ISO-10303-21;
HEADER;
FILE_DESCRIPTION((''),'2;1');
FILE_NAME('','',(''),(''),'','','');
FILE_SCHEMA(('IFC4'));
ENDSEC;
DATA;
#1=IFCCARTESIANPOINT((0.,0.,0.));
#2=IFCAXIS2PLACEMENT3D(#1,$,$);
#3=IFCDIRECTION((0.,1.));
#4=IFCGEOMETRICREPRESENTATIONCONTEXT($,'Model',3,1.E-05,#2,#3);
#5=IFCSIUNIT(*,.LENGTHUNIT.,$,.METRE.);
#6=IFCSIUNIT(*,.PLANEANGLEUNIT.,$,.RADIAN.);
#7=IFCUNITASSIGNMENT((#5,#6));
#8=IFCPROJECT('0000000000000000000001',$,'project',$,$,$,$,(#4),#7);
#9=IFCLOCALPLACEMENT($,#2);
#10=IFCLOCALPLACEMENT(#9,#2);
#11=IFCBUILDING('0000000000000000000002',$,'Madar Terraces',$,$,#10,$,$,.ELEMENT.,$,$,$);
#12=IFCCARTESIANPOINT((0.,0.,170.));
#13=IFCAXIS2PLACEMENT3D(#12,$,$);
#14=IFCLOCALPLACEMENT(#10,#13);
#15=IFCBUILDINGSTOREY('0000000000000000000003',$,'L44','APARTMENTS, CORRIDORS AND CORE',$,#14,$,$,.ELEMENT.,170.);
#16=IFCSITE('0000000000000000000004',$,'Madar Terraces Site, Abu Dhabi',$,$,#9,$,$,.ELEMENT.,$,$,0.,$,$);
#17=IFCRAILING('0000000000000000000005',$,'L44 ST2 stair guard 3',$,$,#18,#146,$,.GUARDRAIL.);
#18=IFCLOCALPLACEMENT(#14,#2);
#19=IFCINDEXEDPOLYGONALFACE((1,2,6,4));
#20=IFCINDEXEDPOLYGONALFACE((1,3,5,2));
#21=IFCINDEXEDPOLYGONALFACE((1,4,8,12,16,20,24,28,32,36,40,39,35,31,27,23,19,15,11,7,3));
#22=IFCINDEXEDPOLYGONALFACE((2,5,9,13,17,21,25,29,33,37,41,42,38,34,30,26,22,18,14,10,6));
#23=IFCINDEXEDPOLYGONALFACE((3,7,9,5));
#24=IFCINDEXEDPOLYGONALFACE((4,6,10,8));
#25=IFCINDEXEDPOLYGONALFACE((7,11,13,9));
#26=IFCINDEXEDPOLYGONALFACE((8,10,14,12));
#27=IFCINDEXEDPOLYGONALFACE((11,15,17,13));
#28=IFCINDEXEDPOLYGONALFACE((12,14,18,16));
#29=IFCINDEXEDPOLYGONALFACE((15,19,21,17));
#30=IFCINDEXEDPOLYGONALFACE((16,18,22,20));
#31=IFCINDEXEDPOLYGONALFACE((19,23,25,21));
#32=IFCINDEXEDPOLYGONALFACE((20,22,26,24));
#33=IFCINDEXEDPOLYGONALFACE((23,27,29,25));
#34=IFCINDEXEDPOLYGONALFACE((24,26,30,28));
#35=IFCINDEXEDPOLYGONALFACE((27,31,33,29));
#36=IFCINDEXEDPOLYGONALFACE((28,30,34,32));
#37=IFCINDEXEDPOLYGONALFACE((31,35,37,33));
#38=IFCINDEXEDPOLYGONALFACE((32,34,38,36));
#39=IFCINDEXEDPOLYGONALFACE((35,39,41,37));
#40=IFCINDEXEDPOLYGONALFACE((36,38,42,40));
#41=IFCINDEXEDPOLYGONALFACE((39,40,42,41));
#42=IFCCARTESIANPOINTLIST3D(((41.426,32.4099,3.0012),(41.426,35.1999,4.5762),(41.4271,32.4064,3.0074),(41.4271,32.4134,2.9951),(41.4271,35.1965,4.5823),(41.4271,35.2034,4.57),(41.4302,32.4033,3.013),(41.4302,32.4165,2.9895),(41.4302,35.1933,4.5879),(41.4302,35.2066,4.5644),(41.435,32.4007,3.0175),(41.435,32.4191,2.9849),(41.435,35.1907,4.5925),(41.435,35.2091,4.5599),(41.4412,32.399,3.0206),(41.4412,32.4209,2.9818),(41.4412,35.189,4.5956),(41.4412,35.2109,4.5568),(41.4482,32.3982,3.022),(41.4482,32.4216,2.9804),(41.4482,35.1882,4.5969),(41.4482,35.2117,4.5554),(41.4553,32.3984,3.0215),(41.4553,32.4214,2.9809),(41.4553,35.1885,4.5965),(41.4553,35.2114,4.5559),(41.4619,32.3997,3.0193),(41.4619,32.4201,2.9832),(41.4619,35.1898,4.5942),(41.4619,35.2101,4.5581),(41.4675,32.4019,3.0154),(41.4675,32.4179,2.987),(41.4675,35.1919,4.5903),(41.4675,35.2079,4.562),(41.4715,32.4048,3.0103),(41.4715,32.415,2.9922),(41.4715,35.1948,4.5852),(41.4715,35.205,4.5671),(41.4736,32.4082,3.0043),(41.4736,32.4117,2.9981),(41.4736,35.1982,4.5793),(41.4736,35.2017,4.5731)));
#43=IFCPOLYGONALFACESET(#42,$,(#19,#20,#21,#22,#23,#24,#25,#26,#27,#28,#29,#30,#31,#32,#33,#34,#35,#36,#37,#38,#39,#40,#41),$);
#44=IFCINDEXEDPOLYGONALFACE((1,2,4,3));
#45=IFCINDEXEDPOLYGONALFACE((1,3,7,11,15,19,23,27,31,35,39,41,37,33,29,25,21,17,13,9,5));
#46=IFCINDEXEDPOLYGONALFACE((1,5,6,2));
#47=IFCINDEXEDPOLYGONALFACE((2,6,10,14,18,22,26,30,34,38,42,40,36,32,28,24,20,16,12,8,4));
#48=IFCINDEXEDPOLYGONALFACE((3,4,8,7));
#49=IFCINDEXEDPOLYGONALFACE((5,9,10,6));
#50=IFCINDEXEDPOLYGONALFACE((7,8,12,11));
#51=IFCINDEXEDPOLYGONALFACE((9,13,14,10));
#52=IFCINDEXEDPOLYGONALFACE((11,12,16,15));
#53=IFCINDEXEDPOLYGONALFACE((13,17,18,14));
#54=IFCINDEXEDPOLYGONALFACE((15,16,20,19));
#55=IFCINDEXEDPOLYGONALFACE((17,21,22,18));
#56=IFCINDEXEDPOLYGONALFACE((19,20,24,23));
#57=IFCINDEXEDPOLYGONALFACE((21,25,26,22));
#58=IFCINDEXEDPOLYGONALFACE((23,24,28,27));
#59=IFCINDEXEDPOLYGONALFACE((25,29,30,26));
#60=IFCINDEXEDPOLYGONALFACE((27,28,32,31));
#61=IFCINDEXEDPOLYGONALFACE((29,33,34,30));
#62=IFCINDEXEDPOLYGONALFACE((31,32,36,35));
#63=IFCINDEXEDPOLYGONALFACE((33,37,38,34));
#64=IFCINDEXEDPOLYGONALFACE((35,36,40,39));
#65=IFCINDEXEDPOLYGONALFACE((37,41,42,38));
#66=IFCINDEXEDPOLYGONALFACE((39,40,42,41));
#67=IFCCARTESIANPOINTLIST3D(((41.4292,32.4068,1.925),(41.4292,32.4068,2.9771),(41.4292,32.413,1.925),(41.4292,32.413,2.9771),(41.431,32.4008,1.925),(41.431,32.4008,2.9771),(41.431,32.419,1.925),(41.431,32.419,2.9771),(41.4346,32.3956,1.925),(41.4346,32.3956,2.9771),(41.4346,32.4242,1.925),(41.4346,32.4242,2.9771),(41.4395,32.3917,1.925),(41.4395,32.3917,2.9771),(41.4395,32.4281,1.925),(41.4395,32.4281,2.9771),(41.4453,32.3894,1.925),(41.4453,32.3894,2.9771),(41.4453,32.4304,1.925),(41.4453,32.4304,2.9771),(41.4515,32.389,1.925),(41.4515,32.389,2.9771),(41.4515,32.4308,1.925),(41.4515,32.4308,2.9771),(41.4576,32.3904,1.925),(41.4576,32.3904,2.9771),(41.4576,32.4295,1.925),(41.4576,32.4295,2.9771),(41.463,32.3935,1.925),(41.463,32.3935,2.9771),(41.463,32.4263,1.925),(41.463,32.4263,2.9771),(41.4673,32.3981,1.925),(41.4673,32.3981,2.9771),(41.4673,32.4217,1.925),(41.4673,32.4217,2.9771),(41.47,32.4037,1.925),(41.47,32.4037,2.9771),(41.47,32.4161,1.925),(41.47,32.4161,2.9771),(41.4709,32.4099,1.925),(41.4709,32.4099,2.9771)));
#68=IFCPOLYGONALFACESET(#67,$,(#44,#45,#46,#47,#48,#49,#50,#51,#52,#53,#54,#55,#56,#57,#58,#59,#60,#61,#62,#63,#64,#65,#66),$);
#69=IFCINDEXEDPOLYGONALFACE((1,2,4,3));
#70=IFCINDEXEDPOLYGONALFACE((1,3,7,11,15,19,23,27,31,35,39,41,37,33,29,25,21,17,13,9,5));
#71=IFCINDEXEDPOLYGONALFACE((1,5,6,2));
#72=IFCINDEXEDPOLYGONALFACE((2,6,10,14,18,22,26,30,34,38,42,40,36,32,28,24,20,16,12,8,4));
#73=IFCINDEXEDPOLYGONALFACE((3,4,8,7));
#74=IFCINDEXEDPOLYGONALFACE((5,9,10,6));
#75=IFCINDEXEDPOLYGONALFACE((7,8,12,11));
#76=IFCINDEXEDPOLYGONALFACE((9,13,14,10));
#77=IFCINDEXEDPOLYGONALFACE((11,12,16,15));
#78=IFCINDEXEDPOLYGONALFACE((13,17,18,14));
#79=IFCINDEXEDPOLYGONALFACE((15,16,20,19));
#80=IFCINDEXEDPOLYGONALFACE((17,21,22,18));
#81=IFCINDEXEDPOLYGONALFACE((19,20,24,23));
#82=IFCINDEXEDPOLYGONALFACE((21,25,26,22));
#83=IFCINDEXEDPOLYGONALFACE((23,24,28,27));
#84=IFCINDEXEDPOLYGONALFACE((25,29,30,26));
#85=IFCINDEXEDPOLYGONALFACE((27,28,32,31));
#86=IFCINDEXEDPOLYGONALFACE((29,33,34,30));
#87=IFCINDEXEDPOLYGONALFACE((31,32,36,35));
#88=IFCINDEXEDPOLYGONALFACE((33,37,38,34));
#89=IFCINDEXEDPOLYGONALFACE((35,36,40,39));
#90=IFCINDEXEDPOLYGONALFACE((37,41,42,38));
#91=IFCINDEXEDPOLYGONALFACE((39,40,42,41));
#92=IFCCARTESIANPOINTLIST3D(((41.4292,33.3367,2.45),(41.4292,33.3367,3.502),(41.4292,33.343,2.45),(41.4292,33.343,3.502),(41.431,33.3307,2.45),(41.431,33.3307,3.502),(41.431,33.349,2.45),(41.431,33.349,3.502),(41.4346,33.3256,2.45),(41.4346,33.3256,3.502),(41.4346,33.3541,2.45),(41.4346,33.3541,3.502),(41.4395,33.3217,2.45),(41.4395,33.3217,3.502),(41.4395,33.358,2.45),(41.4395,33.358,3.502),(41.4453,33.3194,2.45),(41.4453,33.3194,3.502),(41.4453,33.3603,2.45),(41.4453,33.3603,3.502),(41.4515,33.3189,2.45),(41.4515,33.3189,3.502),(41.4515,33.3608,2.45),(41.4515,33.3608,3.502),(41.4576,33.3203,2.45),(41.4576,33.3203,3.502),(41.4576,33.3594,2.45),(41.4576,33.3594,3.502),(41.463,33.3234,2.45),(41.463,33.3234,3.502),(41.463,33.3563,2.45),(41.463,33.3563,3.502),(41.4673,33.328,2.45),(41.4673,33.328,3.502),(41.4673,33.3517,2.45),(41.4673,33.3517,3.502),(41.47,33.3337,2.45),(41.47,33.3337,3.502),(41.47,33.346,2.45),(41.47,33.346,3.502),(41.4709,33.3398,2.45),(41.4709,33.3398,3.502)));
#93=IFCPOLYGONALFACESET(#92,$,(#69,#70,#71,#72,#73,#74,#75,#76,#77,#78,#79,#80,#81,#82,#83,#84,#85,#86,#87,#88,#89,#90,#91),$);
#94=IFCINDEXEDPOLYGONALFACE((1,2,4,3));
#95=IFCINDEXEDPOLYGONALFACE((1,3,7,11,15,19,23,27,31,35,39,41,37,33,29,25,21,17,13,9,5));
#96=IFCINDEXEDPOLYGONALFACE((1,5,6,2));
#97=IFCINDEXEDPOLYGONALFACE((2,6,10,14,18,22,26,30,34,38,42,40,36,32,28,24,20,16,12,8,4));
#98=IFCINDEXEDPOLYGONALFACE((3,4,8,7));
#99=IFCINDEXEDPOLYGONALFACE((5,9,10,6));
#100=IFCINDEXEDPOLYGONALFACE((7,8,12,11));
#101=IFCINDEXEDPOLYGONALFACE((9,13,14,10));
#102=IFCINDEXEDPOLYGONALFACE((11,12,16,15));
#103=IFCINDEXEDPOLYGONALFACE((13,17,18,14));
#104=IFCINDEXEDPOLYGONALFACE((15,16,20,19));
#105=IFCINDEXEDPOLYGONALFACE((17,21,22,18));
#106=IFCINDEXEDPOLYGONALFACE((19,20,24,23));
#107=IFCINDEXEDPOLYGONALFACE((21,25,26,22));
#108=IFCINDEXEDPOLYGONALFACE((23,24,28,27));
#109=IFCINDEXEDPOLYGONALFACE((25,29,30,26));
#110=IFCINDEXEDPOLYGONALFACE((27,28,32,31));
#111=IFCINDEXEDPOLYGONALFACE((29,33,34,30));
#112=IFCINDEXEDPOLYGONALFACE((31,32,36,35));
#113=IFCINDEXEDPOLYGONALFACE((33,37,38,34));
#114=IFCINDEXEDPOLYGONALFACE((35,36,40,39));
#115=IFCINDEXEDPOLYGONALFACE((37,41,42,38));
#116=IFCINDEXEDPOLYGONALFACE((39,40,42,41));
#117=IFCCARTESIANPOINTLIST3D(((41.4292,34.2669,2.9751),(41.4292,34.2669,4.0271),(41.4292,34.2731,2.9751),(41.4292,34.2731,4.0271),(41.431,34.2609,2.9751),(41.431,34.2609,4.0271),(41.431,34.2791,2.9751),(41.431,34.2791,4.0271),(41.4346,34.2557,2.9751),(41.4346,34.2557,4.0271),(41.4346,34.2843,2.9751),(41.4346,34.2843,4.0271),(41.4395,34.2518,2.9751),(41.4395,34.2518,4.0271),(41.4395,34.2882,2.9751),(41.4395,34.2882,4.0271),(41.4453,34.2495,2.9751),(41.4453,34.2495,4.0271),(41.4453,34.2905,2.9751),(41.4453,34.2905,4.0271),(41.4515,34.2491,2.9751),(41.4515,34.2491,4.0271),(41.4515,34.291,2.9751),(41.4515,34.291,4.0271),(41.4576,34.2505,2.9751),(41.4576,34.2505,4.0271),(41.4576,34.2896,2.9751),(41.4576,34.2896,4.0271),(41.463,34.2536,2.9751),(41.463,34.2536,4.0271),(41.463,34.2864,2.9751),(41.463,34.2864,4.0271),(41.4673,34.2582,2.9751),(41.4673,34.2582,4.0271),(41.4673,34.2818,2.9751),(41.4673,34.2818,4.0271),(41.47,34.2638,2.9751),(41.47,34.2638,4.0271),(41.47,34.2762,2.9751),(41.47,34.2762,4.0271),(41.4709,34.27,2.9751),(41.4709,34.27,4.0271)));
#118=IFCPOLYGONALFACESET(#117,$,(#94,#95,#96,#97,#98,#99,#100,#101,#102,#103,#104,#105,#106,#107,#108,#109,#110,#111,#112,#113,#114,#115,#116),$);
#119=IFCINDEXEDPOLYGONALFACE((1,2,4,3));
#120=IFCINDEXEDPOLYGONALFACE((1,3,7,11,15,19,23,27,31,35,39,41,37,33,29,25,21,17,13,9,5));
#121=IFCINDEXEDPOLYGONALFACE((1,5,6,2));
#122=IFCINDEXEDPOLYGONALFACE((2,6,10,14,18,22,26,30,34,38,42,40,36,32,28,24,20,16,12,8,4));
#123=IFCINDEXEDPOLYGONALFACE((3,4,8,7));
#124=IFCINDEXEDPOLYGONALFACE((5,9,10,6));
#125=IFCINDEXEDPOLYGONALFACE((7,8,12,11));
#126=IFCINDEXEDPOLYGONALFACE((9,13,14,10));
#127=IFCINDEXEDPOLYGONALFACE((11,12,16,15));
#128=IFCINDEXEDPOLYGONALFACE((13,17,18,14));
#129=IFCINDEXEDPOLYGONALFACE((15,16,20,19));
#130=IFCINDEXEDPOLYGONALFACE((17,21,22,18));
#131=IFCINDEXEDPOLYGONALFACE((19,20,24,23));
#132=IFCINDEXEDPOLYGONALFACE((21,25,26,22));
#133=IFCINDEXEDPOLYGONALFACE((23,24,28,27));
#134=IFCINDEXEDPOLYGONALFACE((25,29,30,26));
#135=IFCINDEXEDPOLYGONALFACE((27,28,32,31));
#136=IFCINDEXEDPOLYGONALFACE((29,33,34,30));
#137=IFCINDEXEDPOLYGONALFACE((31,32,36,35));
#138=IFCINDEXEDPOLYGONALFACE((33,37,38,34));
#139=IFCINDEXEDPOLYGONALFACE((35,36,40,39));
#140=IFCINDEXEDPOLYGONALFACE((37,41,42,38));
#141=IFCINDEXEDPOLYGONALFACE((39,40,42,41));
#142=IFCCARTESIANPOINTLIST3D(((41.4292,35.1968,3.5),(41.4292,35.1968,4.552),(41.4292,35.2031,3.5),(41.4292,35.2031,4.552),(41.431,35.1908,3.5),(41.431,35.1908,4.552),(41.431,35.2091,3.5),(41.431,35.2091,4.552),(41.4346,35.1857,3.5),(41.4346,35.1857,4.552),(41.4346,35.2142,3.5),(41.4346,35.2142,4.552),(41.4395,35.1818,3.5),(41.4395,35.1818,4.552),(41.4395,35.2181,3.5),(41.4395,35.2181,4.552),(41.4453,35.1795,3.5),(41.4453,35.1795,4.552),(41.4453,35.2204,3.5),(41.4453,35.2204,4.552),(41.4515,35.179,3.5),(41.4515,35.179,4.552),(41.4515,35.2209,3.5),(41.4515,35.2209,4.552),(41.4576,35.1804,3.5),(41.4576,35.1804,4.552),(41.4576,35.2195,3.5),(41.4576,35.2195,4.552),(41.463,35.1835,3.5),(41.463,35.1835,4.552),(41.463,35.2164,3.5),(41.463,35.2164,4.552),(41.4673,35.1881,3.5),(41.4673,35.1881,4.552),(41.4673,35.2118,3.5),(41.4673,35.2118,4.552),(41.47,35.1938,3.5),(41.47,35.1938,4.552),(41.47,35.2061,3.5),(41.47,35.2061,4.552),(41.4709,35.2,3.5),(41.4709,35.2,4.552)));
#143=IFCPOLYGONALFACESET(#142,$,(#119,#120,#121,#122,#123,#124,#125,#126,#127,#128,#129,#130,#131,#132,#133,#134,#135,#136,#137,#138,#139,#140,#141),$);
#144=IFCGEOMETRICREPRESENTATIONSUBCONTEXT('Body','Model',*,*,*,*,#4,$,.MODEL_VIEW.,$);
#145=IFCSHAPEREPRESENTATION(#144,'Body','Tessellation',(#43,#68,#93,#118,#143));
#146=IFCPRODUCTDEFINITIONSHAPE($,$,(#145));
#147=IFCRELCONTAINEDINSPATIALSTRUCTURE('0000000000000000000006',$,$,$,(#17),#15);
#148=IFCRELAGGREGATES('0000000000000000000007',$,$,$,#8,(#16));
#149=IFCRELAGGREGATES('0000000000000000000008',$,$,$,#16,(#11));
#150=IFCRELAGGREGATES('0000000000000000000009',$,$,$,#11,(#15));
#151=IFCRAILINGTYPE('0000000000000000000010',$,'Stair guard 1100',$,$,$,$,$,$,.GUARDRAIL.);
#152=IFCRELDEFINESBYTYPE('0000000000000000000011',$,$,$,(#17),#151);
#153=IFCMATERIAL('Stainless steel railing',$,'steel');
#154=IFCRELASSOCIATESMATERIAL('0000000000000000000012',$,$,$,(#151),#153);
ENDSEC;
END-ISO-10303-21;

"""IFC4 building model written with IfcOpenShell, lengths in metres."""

from ifc_helpers import new_model, si_unit, direction, frame, origin, origin_2d, place, context, subcontext, project, spatial, circle, extrude, material, type_object, element, save


model = new_model("IFC4")

# Units and contexts
model_context = context("Model", 3, precision=1e-05, world=origin(), true_north=direction((0.0, 1.0)))
body_context = subcontext(model_context, "Body", "Model", "MODEL_VIEW")
ifc_project = project(units=[si_unit("LENGTHUNIT", "METRE"), si_unit("PLANEANGLEUNIT", "RADIAN")], contexts=[model_context])

# Site, building, storey
site_placement = place(None, origin())
site = spatial("IfcSite", under=ifc_project, at=site_placement, Name="Madar Terraces Site, Abu Dhabi", CompositionType="ELEMENT", RefElevation=0.0)
building_placement = place(site_placement, origin())
building = spatial("IfcBuilding", under=site, at=building_placement, Name="Madar Terraces", CompositionType="ELEMENT")
storey_placement = place(building_placement, frame((0.0, 0.0, 170.0)))
storey = spatial("IfcBuildingStorey", under=building, at=storey_placement, Name="L44", Description="APARTMENTS, CORRIDORS AND CORE", CompositionType="ELEMENT", Elevation=170.0)

# Railing
ifc_material_1 = material(Name="Stainless steel railing", Category="steel")
railing_type_1 = type_object("IfcRailingType", Name="Stair guard 1100", PredefinedType="GUARDRAIL", material=ifc_material_1)
railing_1_placement = place(storey_placement, frame((41.45, 32.4099, 1.925)))
element("IfcRailing", 1, at=railing_1_placement, inside=storey, type_object=railing_type_1, Name="L44 ST2 stair guard 3", PredefinedType="GUARDRAIL", context=body_context, shape_type="SweptSolid", body=[
    extrude(circle(Radius=0.0239, at=origin_2d()), frame((0.0, 0.0, 1.0762), z_axis=(0.0, 0.870834, 0.491578), x_axis=(-1.0, 0.0, 0.0)), (0.0, 0.0, 1.0), 3.2039),
    extrude(circle(Radius=0.021, at=origin_2d()), origin(), (0.0, 0.0, 1.0), 1.052),
    extrude(circle(Radius=0.021, at=origin_2d()), frame((0.0, 0.9299, 0.5249)), (0.0, 0.0, 1.0), 1.052),
    extrude(circle(Radius=0.021, at=origin_2d()), frame((0.0, 1.8601, 1.05)), (0.0, 0.0, 1.0), 1.052),
    extrude(circle(Radius=0.021, at=origin_2d()), frame((0.0, 2.79, 1.575)), (0.0, 0.0, 1.0), 1.052),
])

save(model, "model.ifc")
